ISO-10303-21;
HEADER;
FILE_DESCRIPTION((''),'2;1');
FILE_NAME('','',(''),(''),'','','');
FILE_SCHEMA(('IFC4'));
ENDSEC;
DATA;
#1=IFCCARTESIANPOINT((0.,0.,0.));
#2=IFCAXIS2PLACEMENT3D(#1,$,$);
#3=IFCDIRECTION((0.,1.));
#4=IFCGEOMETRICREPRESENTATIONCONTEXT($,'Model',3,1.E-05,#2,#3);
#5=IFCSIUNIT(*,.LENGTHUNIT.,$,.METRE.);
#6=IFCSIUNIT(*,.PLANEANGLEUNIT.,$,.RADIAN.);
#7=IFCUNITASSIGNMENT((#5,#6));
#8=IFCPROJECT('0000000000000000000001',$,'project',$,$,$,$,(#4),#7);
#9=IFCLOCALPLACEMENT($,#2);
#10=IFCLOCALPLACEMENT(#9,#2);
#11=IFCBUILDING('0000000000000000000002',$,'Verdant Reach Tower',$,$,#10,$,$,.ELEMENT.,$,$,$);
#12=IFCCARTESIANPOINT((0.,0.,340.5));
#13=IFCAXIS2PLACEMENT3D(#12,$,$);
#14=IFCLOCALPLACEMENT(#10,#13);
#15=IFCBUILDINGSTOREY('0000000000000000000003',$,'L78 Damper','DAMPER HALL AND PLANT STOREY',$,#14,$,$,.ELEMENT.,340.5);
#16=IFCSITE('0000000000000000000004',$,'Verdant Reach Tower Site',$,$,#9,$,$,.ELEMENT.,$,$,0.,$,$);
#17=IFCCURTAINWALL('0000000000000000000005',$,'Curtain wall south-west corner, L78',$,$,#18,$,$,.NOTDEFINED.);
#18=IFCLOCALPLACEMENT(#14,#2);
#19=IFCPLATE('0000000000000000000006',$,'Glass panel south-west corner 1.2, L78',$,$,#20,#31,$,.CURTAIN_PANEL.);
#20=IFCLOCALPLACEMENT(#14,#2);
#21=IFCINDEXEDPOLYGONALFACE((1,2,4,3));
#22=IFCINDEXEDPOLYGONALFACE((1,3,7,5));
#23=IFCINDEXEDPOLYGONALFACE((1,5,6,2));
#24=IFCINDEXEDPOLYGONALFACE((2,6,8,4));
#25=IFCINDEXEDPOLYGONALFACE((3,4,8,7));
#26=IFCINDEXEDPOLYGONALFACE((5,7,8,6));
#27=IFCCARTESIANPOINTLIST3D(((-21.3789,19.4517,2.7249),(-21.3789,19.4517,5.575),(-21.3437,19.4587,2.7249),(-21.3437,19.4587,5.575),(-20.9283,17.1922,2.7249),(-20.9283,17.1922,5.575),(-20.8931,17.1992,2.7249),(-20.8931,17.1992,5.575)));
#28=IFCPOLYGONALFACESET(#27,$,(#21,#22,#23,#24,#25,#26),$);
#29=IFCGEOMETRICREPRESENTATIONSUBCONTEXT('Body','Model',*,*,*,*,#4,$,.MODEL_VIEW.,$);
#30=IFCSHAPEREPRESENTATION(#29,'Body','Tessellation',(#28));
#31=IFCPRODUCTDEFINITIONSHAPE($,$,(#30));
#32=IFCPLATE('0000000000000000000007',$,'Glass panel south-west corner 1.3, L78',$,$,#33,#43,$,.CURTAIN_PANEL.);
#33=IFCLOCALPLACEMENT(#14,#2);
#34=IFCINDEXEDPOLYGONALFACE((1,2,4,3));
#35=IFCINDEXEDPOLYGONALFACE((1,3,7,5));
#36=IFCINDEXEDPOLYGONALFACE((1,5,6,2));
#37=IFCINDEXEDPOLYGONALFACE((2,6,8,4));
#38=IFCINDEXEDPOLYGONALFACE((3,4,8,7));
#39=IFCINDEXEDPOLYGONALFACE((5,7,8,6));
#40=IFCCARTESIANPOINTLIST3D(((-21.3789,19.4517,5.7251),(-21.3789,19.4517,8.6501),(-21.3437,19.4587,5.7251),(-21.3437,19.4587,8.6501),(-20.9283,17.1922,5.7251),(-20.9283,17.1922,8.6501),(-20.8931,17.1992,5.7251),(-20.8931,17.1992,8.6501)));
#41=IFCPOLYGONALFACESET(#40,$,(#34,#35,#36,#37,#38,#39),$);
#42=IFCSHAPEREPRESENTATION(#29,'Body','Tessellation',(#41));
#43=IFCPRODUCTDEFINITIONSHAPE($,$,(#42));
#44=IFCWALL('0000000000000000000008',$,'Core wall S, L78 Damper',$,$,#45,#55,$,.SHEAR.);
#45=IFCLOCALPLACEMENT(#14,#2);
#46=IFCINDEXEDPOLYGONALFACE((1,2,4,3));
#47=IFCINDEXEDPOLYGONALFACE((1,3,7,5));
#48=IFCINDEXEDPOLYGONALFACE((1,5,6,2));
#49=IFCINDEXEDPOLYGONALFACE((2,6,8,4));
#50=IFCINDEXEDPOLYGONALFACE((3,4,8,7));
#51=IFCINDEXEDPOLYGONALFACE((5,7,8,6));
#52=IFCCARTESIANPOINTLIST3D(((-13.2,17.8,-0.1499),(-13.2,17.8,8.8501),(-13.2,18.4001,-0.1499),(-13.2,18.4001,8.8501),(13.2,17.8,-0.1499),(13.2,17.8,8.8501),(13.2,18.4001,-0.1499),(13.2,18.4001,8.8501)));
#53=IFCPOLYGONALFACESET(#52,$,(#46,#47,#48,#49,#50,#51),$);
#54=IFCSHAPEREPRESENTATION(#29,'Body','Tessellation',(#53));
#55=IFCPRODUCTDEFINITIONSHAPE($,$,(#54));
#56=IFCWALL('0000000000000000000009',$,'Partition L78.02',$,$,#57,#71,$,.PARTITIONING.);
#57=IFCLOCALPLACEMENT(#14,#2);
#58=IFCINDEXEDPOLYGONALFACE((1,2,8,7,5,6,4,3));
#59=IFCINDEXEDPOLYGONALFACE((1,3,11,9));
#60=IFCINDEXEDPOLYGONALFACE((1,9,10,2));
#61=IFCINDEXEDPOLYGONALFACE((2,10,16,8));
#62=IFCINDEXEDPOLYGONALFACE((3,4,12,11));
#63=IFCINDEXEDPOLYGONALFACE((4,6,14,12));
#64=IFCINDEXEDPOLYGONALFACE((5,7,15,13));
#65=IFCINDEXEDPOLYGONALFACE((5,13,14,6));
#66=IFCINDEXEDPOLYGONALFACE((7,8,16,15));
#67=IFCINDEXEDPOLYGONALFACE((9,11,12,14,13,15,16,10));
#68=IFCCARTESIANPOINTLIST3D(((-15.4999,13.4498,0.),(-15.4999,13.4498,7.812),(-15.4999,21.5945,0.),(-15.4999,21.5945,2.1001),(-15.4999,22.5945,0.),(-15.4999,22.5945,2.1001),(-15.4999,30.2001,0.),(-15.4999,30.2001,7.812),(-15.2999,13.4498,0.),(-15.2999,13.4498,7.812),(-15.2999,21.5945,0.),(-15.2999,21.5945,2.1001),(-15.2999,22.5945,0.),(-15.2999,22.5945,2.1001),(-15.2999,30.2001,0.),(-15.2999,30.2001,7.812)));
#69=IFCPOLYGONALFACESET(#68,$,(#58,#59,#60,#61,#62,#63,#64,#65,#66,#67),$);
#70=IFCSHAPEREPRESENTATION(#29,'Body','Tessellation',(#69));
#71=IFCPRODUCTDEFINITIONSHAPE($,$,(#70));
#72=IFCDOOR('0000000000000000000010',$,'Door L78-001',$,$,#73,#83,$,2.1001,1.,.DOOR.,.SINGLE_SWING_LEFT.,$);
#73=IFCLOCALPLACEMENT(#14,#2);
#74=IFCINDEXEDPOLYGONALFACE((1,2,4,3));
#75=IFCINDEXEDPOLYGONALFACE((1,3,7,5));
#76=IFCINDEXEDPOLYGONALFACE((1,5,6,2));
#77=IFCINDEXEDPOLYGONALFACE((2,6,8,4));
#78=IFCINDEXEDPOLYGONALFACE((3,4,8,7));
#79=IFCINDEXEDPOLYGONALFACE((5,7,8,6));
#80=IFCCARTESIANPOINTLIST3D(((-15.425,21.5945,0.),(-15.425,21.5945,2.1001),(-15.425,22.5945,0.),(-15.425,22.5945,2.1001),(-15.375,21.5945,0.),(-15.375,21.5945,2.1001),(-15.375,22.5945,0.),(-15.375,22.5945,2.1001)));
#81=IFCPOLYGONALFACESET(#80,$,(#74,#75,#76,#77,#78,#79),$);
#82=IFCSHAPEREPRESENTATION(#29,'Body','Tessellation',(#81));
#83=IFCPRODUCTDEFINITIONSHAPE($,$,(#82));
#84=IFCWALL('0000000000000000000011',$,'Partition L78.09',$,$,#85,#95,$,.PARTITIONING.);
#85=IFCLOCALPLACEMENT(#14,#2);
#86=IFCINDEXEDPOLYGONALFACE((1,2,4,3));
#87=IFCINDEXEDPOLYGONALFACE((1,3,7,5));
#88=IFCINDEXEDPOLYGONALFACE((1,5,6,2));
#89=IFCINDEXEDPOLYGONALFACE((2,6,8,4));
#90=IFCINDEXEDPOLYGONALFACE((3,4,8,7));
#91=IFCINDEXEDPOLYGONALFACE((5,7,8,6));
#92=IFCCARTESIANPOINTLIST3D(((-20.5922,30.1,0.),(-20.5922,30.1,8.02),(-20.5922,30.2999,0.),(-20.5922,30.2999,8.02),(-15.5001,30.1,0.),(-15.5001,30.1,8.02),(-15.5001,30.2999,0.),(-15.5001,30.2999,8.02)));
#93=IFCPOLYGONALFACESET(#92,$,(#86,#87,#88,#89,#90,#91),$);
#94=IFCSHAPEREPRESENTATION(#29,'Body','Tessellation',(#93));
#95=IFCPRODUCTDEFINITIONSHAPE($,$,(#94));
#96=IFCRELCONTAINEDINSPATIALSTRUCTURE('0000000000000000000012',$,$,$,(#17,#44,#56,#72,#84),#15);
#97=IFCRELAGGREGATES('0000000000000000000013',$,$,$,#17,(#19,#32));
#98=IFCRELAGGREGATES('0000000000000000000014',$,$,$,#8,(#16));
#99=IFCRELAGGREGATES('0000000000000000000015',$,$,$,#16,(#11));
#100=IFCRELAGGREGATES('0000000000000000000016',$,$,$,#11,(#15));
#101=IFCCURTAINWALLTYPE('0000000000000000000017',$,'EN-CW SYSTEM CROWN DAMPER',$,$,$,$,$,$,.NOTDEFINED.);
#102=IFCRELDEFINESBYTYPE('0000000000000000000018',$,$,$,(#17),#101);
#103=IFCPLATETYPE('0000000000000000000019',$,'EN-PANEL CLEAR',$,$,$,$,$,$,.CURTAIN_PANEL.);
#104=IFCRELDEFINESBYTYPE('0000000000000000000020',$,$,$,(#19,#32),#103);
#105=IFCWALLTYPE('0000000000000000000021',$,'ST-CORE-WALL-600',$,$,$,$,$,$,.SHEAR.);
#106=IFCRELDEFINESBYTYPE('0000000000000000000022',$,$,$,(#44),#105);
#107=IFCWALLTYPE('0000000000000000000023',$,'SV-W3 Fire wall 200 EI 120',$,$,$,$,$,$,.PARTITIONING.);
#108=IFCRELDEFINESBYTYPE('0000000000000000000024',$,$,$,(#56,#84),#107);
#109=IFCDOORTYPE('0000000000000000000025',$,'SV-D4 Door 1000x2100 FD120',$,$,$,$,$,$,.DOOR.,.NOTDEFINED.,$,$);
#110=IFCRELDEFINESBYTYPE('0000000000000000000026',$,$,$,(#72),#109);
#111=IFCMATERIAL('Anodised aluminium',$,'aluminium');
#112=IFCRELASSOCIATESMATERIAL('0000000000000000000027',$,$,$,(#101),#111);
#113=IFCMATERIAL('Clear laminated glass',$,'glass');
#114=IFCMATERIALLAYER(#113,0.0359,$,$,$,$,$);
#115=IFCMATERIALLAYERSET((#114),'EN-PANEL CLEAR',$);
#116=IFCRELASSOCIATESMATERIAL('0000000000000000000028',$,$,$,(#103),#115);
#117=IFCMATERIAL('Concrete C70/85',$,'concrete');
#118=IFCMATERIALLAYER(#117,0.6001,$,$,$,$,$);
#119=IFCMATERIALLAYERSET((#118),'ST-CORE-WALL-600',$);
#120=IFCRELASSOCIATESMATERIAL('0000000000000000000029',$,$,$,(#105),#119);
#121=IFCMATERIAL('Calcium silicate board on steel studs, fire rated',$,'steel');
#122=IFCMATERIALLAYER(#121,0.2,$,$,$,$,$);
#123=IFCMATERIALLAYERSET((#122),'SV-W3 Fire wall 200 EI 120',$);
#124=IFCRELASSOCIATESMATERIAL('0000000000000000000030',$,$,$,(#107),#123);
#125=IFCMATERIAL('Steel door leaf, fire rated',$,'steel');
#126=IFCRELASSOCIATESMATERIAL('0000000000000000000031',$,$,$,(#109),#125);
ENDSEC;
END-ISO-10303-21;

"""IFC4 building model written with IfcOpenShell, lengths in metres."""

from ifc_helpers import new_model, si_unit, direction, frame, frame_2d, origin, origin_2d, place, context, subcontext, project, spatial, rectangle, extrude, material, layer, layer_set, type_object, element, fill, aggregate, save


model = new_model("IFC4")

# Units and contexts
model_context = context("Model", 3, precision=1e-05, world=origin(), true_north=direction((0.0, 1.0)))
body_context = subcontext(model_context, "Body", "Model", "MODEL_VIEW")
ifc_project = project(units=[si_unit("LENGTHUNIT", "METRE"), si_unit("PLANEANGLEUNIT", "RADIAN")], contexts=[model_context])

# Site, building, storey
site_placement = place(None, origin())
site = spatial("IfcSite", under=ifc_project, at=site_placement, Name="Verdant Reach Tower Site", CompositionType="ELEMENT", RefElevation=0.0)
building_placement = place(site_placement, origin())
building = spatial("IfcBuilding", under=site, at=building_placement, Name="Verdant Reach Tower", CompositionType="ELEMENT")
storey_placement = place(building_placement, frame((0.0, 0.0, 340.5)))
storey = spatial("IfcBuildingStorey", under=building, at=storey_placement, Name="L78 Damper", Description="DAMPER HALL AND PLANT STOREY", CompositionType="ELEMENT", Elevation=340.5)

# Curtain wall
ifc_material_1 = material(Name="Anodised aluminium", Category="aluminium")
curtain_wall_type = type_object("IfcCurtainWallType", Name="EN-CW SYSTEM CROWN DAMPER", PredefinedType="NOTDEFINED", material=ifc_material_1)
curtain_wall_1_placement = place(storey_placement, origin())
curtain_wall_1 = element("IfcCurtainWall", 1, at=curtain_wall_1_placement, inside=storey, type_object=curtain_wall_type, Name="Curtain wall south-west corner, L78", PredefinedType="NOTDEFINED")

# Plates
ifc_material_2 = material(Name="Clear laminated glass", Category="glass")
ifc_layer_1 = layer(ifc_material_2, 0.0359)
ifc_layer_set_1 = layer_set([ifc_layer_1], Name="EN-PANEL CLEAR")
plate_type = type_object("IfcPlateType", Name="EN-PANEL CLEAR", PredefinedType="CURTAIN_PANEL", material=ifc_layer_set_1)
plate_1_placement = place(storey_placement, frame((-21.136, 18.3254, 2.7249), z_axis=(0.0, 0.0, 1.0), x_axis=(0.195593, -0.980685, 0.0)))
plate_1 = element("IfcPlate", 2, at=plate_1_placement, type_object=plate_type, Name="Glass panel south-west corner 1.2, L78", PredefinedType="CURTAIN_PANEL", context=body_context, shape_type="SweptSolid", body=[
    extrude(rectangle(XDim=2.304, YDim=0.0359, at=origin_2d()), origin(), (0.0, 0.0, 1.0), 2.8501),
])
plate_2_placement = place(storey_placement, frame((-21.136, 18.3254, 5.7251), z_axis=(0.0, 0.0, 1.0), x_axis=(0.195593, -0.980685, 0.0)))
plate_2 = element("IfcPlate", 3, at=plate_2_placement, type_object=plate_type, Name="Glass panel south-west corner 1.3, L78", PredefinedType="CURTAIN_PANEL", context=body_context, shape_type="SweptSolid", body=[
    extrude(rectangle(XDim=2.304, YDim=0.0359, at=origin_2d()), origin(), (0.0, 0.0, 1.0), 2.925),
])
aggregate(curtain_wall_1, [plate_1, plate_2])

# Wall
ifc_material_3 = material(Name="Concrete C70/85", Category="concrete")
ifc_layer_2 = layer(ifc_material_3, 0.6001)
ifc_layer_set_2 = layer_set([ifc_layer_2], Name="ST-CORE-WALL-600")
wall_type_1 = type_object("IfcWallType", Name="ST-CORE-WALL-600", PredefinedType="SHEAR", material=ifc_layer_set_2)
wall_1_placement = place(storey_placement, frame((-13.2, 18.1001, -0.1499), z_axis=(0.0, 0.0, 1.0), x_axis=(1.0, 0.0, 0.0)))
element("IfcWall", 4, at=wall_1_placement, inside=storey, type_object=wall_type_1, Name="Core wall S, L78 Damper", PredefinedType="SHEAR", context=body_context, shape_type="SweptSolid", body=[
    extrude(rectangle(XDim=26.3999, YDim=0.6001, at=frame_2d((13.2, 0.0))), origin(), (0.0, 0.0, 1.0), 9.0),
])

# Wall, opening, door
ifc_material_4 = material(Name="Calcium silicate board on steel studs, fire rated", Category="steel")
ifc_layer_3 = layer(ifc_material_4, 0.2)
ifc_layer_set_3 = layer_set([ifc_layer_3], Name="SV-W3 Fire wall 200 EI 120")
wall_type_2 = type_object("IfcWallType", Name="SV-W3 Fire wall 200 EI 120", PredefinedType="PARTITIONING", material=ifc_layer_set_3)
wall_2_placement = place(storey_placement, frame((-15.3999, 30.2, 0.0), z_axis=(0.0, 0.0, 1.0), x_axis=(0.0, -1.0, 0.0)))
wall_2 = element("IfcWall", 5, at=wall_2_placement, inside=storey, type_object=wall_type_2, Name="Partition L78.02", PredefinedType="PARTITIONING", context=body_context, shape_type="SweptSolid", body=[
    extrude(rectangle(XDim=16.7502, YDim=0.2, at=frame_2d((8.375, 0.0))), origin(), (0.0, 0.0, 1.0), 7.812),
])
opening_placement = place(wall_2_placement, frame((7.6055, 0.0, 0.0)))
opening = element("IfcOpeningElement", 6, at=opening_placement, cuts=wall_2, PredefinedType="OPENING", context=body_context, shape_type="SweptSolid", body=[
    extrude(rectangle(XDim=1.0, YDim=2.1001, at=frame_2d((0.5, 1.05))), frame((0.0, 0.1099, 0.0), z_axis=(0.0, -1.0, 0.0), x_axis=(1.0, 0.0, 0.0)), (0.0, 0.0, 1.0), 0.22),
])
ifc_material_5 = material(Name="Steel door leaf, fire rated", Category="steel")
door_type = type_object("IfcDoorType", Name="SV-D4 Door 1000x2100 FD120", OperationType="NOTDEFINED", PredefinedType="DOOR", material=ifc_material_5)
door_placement = place(opening_placement, origin())
door = element("IfcDoor", 7, at=door_placement, inside=storey, type_object=door_type, Name="Door L78-001", OperationType="SINGLE_SWING_LEFT", OverallHeight=2.1001, OverallWidth=1.0, PredefinedType="DOOR", context=body_context, shape_type="SweptSolid", body=[
    extrude(rectangle(XDim=1.0, YDim=2.1001, at=frame_2d((0.5, 1.05))), frame((0.0, 0.0249, 0.0), z_axis=(0.0, -1.0, 0.0), x_axis=(1.0, 0.0, 0.0)), (0.0, 0.0, 1.0), 0.05),
])
fill(opening, door)

# Wall
wall_3_placement = place(storey_placement, frame((-20.592, 30.2, 0.0), z_axis=(0.0, 0.0, 1.0), x_axis=(1.0, 0.0, 0.0)))
element("IfcWall", 8, at=wall_3_placement, inside=storey, type_object=wall_type_2, Name="Partition L78.09", PredefinedType="PARTITIONING", context=body_context, shape_type="SweptSolid", body=[
    extrude(rectangle(XDim=5.092, YDim=0.2, at=frame_2d((2.5459, 0.0))), origin(), (0.0, 0.0, 1.0), 8.02),
])

save(model, "model.ifc")
